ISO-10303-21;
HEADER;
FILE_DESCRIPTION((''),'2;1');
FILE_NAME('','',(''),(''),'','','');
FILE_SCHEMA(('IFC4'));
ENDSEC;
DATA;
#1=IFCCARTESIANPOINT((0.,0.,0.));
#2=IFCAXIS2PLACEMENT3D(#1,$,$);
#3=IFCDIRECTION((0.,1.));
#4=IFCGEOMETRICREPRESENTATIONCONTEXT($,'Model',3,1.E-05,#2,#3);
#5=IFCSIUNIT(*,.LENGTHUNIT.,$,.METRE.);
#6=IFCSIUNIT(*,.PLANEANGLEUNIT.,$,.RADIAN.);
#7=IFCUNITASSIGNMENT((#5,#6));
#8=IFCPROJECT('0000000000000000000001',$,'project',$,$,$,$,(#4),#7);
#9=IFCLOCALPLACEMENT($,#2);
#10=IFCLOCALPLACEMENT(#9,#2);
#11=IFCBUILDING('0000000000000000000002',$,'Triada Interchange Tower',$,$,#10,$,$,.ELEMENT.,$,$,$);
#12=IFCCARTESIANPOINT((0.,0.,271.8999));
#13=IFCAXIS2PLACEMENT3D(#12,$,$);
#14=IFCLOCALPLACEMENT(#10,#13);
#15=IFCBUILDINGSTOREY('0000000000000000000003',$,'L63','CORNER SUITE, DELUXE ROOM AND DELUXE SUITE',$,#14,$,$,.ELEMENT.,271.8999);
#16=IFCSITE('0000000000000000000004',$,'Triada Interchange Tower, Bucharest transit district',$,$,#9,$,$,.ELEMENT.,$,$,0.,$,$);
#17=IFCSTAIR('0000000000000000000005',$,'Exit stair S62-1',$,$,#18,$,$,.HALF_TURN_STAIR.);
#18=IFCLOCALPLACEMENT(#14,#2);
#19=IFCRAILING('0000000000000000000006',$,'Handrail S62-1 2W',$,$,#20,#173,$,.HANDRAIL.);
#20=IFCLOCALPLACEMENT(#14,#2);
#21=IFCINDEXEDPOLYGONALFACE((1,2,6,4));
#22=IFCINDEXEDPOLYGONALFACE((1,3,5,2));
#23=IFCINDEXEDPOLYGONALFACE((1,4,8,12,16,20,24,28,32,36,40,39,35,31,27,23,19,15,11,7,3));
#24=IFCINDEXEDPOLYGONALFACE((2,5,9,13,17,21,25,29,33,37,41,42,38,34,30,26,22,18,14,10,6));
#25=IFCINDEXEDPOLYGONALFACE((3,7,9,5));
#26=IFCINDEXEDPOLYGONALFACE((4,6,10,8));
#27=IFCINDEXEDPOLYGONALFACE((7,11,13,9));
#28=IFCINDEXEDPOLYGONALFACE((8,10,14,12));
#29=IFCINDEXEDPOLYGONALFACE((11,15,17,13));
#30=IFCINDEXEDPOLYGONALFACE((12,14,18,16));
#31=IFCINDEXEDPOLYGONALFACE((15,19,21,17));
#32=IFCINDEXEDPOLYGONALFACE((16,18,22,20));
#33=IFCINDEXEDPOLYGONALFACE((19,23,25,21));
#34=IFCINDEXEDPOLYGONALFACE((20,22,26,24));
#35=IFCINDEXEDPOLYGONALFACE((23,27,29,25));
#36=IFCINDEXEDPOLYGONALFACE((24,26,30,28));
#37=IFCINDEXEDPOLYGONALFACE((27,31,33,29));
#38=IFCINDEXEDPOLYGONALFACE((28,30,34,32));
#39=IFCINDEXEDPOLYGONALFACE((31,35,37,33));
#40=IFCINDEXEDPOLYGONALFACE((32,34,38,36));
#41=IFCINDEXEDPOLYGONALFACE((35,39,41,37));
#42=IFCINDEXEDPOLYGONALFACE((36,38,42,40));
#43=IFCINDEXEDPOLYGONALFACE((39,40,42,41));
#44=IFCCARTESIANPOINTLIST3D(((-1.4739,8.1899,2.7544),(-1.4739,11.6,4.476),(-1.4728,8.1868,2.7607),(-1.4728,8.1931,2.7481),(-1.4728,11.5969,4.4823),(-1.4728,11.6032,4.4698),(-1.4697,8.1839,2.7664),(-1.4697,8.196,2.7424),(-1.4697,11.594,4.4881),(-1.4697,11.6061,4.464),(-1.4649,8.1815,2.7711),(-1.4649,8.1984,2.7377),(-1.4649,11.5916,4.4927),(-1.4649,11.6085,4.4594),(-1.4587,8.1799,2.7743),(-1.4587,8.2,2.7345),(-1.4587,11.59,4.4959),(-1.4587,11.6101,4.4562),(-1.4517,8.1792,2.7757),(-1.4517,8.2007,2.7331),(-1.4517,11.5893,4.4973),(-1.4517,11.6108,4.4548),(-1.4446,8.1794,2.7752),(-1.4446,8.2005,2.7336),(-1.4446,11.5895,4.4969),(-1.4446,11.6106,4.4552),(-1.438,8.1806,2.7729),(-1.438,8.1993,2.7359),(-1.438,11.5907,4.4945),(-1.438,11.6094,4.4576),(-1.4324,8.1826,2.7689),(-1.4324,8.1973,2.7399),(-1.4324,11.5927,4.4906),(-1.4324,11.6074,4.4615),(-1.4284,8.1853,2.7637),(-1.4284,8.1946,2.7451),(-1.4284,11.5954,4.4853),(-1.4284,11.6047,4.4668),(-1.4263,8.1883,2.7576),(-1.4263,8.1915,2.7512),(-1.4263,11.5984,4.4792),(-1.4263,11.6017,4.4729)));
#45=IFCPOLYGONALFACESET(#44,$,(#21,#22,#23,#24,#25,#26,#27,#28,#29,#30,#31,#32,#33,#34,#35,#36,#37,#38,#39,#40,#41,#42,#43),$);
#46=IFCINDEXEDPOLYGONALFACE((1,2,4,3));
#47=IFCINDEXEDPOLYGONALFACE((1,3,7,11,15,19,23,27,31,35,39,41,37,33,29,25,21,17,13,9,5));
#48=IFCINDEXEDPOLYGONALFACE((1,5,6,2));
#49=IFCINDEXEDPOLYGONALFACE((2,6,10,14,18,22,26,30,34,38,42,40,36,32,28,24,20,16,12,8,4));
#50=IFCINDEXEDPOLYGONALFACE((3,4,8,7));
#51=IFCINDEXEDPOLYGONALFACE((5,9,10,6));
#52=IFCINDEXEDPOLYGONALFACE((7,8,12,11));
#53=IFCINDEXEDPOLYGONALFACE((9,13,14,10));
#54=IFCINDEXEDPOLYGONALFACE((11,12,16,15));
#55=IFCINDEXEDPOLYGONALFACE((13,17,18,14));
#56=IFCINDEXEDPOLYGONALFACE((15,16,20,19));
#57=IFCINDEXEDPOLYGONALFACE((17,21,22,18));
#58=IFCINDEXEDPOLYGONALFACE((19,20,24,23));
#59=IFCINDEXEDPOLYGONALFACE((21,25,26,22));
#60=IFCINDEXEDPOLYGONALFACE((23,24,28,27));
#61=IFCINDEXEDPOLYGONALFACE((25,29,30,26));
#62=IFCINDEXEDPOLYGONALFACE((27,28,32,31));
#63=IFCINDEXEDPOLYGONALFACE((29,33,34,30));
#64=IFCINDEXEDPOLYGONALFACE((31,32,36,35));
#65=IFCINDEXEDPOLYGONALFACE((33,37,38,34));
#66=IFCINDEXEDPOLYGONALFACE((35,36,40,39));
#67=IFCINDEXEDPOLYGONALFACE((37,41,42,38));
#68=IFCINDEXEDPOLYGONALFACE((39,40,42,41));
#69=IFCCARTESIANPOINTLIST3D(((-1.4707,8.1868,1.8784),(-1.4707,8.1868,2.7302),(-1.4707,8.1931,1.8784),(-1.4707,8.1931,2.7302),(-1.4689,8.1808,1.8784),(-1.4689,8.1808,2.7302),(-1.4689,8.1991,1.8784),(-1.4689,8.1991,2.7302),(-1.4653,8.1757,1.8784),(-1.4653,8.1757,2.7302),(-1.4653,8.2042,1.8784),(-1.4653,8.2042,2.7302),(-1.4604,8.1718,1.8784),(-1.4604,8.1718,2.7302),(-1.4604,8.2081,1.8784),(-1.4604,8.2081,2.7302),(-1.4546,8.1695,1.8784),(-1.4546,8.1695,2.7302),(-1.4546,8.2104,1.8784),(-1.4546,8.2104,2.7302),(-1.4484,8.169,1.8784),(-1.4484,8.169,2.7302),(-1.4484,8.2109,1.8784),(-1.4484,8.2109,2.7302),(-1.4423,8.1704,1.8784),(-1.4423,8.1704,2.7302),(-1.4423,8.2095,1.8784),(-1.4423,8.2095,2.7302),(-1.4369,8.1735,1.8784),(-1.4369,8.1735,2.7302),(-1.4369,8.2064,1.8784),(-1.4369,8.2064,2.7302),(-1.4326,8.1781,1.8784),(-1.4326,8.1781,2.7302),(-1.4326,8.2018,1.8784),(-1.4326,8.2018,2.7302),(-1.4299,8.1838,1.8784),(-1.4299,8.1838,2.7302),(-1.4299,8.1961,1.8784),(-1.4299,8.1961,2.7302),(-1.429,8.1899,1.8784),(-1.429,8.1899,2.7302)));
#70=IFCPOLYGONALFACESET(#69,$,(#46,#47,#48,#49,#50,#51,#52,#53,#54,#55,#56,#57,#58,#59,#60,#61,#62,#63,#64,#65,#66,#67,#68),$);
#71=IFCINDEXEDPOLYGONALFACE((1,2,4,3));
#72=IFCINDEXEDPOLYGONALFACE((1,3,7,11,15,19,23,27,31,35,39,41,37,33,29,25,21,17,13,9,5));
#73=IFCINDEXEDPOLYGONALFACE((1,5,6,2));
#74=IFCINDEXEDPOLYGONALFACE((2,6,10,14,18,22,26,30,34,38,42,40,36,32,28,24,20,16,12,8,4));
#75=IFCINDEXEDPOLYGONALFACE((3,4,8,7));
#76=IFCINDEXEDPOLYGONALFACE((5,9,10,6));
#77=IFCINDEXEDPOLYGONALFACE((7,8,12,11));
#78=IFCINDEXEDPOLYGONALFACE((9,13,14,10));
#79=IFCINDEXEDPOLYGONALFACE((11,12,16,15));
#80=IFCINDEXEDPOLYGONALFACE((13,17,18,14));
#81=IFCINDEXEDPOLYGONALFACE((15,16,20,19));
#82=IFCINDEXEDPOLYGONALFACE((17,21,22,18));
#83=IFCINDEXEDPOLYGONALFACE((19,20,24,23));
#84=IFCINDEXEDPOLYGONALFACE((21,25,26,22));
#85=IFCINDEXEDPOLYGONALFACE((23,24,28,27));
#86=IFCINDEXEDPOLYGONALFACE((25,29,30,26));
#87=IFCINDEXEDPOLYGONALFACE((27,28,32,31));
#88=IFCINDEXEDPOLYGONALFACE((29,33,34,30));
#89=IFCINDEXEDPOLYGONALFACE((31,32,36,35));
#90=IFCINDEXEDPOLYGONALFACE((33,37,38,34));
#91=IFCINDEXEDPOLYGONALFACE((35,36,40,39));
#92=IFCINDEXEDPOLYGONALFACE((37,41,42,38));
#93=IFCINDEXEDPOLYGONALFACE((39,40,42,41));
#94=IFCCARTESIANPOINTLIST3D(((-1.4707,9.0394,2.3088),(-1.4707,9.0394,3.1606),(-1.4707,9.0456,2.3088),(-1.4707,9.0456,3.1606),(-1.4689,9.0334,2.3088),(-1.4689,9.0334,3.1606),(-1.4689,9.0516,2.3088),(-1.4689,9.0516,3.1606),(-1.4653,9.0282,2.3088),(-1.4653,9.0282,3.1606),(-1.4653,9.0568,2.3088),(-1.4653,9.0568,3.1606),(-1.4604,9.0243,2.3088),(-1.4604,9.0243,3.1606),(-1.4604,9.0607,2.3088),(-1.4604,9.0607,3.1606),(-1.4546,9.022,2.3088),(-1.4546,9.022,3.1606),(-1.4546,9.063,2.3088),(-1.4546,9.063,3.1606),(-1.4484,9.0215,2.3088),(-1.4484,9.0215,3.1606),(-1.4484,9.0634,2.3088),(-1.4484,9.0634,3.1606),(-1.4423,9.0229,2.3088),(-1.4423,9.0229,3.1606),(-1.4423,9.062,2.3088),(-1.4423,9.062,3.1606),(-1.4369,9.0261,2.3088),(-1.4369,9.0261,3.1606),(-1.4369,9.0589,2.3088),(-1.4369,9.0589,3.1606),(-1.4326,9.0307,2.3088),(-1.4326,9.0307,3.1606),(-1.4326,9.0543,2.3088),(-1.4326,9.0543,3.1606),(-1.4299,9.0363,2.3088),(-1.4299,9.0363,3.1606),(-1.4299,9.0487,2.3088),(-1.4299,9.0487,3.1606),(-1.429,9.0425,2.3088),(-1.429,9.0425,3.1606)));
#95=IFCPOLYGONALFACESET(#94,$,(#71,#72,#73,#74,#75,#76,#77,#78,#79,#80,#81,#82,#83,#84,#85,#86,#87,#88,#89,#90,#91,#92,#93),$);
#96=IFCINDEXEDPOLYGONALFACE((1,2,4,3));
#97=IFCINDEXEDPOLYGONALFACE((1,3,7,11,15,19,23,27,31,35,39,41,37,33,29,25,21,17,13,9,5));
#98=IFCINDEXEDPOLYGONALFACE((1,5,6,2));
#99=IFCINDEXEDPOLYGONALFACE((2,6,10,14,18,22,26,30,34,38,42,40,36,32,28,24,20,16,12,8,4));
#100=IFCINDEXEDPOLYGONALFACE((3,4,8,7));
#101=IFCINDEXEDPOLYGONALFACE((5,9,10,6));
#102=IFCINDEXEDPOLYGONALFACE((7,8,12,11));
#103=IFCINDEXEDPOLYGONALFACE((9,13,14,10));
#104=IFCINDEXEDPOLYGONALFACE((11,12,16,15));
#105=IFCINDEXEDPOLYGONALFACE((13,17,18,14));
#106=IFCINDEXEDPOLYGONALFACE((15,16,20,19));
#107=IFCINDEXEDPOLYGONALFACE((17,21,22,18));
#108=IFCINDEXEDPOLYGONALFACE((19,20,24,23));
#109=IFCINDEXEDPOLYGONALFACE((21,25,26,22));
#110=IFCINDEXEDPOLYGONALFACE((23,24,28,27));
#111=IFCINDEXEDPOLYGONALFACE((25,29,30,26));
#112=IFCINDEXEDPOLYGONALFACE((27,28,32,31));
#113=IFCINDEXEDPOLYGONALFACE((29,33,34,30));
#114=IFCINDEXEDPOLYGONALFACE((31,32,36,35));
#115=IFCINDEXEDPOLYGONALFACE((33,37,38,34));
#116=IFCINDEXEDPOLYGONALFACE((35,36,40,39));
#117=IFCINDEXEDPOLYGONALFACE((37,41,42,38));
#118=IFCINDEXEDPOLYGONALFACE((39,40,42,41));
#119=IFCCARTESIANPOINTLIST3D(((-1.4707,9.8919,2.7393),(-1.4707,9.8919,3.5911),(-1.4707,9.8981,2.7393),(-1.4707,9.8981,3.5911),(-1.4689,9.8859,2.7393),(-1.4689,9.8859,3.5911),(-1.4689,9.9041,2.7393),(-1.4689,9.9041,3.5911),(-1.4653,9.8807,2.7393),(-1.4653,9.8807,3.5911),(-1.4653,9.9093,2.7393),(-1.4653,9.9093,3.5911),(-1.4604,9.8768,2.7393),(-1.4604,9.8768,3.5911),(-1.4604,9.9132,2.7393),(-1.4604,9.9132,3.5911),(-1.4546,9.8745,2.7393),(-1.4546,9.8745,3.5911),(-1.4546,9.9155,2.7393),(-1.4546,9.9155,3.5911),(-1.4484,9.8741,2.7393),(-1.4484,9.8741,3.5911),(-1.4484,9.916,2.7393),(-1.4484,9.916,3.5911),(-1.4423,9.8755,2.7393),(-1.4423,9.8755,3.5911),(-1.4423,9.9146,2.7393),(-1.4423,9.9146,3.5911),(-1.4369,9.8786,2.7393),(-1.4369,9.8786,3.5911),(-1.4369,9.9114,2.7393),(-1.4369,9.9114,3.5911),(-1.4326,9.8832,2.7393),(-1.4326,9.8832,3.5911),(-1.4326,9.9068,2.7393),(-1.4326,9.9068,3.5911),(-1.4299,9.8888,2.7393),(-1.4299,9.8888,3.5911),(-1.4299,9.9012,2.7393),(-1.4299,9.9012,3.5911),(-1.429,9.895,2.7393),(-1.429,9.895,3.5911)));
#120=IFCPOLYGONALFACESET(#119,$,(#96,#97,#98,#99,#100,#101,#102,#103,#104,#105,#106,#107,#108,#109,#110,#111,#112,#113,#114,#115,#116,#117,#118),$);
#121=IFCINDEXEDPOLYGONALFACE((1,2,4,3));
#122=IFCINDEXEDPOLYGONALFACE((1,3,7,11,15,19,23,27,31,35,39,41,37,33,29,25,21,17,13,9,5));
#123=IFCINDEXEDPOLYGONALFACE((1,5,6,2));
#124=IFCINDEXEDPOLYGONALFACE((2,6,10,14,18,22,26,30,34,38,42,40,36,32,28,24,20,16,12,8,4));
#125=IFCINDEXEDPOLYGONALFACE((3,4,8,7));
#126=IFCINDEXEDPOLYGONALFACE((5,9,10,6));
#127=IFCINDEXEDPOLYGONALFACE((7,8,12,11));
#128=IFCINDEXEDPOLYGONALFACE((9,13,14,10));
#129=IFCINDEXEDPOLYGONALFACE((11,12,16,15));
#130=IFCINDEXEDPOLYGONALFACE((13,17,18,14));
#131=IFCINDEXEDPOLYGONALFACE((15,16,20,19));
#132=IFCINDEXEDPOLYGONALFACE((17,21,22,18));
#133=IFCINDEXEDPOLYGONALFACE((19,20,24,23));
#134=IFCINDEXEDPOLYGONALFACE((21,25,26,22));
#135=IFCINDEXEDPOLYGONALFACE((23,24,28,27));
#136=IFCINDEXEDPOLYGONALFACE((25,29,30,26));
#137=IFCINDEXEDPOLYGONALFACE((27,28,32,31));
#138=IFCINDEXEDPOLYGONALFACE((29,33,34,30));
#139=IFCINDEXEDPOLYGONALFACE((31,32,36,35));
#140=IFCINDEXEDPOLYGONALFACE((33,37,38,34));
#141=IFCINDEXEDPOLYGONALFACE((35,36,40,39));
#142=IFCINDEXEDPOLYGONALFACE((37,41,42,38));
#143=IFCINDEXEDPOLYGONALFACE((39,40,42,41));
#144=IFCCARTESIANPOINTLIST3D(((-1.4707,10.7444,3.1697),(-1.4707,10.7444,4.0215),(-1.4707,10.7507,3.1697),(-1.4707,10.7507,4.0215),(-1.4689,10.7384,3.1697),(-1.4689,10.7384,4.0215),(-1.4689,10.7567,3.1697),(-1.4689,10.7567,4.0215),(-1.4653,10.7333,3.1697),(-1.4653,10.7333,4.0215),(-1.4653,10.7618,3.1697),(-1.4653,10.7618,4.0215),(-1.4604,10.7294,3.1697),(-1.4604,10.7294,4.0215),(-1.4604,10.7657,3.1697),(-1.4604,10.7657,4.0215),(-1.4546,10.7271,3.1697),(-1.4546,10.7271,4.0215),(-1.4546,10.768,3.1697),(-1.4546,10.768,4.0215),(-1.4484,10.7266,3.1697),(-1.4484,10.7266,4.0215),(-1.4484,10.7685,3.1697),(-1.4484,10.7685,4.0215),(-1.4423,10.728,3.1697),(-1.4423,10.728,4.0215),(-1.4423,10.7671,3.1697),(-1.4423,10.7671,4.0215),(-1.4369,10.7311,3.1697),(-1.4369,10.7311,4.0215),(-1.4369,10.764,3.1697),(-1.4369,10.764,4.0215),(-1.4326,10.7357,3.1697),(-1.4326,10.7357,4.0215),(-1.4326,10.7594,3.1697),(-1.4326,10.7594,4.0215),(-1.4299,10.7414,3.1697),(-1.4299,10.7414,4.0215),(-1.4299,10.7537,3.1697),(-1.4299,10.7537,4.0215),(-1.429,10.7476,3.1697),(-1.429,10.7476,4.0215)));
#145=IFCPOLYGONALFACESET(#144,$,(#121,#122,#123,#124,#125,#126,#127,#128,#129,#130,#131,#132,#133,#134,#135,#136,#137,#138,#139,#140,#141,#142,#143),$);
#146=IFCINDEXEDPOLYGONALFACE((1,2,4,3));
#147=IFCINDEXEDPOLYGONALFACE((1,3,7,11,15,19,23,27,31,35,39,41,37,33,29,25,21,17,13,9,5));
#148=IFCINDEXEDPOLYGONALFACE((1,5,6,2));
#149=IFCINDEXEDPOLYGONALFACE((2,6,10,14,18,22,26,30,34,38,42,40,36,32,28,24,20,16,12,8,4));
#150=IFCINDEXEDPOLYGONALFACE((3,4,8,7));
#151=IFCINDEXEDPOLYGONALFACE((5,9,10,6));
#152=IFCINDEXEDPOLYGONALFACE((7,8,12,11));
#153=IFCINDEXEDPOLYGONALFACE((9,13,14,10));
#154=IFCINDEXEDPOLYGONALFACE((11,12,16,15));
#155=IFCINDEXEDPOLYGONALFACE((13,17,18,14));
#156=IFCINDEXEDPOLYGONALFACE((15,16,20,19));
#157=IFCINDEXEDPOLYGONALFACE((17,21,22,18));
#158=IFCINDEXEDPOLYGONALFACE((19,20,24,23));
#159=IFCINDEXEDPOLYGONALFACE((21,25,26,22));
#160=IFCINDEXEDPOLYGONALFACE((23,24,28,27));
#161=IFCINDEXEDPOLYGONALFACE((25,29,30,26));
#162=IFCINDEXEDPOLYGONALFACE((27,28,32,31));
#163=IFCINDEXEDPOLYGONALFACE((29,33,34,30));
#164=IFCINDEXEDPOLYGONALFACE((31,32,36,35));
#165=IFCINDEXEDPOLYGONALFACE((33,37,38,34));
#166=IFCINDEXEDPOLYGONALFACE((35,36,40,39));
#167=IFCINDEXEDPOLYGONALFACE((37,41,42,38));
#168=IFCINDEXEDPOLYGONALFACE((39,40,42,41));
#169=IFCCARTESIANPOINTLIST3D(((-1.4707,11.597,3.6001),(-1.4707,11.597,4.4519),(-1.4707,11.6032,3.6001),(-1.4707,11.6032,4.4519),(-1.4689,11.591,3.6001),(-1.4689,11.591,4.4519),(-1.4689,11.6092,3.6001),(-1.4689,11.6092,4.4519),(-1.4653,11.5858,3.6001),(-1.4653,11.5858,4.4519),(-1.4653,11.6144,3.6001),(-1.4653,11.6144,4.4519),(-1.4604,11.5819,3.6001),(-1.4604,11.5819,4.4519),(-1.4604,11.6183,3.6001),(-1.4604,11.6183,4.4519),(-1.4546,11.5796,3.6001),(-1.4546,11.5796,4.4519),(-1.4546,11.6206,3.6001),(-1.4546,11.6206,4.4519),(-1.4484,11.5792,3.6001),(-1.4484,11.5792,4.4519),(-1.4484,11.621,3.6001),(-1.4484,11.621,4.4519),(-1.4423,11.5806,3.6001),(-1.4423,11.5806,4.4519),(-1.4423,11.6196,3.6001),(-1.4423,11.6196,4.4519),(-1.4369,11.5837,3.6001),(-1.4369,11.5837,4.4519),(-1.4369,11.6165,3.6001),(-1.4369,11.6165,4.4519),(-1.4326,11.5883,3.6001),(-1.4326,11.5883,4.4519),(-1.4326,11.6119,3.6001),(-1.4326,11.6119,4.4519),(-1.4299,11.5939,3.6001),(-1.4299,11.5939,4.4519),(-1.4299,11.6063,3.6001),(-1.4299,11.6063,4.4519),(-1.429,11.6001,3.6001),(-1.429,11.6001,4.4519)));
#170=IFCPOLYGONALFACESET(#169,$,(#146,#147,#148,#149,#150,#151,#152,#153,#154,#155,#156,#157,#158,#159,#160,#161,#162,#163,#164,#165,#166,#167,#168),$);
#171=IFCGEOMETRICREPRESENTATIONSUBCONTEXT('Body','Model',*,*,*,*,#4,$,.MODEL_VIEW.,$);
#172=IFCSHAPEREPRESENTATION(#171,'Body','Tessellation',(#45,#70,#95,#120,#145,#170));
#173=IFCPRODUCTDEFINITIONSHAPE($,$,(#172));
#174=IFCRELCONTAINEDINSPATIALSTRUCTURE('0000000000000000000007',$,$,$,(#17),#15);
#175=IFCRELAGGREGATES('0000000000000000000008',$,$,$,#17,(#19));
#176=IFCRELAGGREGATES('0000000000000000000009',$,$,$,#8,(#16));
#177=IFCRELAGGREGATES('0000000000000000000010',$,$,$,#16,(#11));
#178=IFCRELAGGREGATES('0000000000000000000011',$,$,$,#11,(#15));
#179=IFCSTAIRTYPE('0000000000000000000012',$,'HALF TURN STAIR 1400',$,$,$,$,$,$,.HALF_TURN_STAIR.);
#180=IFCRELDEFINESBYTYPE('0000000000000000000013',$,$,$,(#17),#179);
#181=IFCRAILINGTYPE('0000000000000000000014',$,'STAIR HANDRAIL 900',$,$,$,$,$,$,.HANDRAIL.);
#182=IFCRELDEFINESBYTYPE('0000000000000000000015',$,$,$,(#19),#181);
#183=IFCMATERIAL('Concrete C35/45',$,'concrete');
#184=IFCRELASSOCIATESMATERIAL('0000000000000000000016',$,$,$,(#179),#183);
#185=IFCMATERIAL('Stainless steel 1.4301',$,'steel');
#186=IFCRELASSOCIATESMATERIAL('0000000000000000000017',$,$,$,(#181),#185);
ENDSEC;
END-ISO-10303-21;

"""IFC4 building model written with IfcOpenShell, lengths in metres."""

from ifc_helpers import new_model, si_unit, direction, frame, origin, origin_2d, place, context, subcontext, project, spatial, circle, extrude, material, type_object, element, aggregate, save


model = new_model("IFC4")

# Units and contexts
model_context = context("Model", 3, precision=1e-05, world=origin(), true_north=direction((0.0, 1.0)))
body_context = subcontext(model_context, "Body", "Model", "MODEL_VIEW")
ifc_project = project(units=[si_unit("LENGTHUNIT", "METRE"), si_unit("PLANEANGLEUNIT", "RADIAN")], contexts=[model_context])

# Site, building, storey
site_placement = place(None, origin())
site = spatial("IfcSite", under=ifc_project, at=site_placement, Name="Triada Interchange Tower, Bucharest transit district", CompositionType="ELEMENT", RefElevation=0.0)
building_placement = place(site_placement, origin())
building = spatial("IfcBuilding", under=site, at=building_placement, Name="Triada Interchange Tower", CompositionType="ELEMENT")
storey_placement = place(building_placement, frame((0.0, 0.0, 271.8999)))
storey = spatial("IfcBuildingStorey", under=building, at=storey_placement, Name="L63", Description="CORNER SUITE, DELUXE ROOM AND DELUXE SUITE", CompositionType="ELEMENT", Elevation=271.8999)

# Stair
ifc_material_1 = material(Name="Concrete C35/45", Category="concrete")
stair_type = type_object("IfcStairType", Name="HALF TURN STAIR 1400", PredefinedType="HALF_TURN_STAIR", material=ifc_material_1)
stair_placement = place(storey_placement, origin())
stair = element("IfcStair", 1, at=stair_placement, inside=storey, type_object=stair_type, Name="Exit stair S62-1", PredefinedType="HALF_TURN_STAIR")

# Railing
ifc_material_2 = material(Name="Stainless steel 1.4301", Category="steel")
railing_type = type_object("IfcRailingType", Name="STAIR HANDRAIL 900", PredefinedType="HANDRAIL", material=ifc_material_2)
railing_1_placement = place(storey_placement, frame((-1.45, 8.1899, 1.8784)))
railing_1 = element("IfcRailing", 2, at=railing_1_placement, type_object=railing_type, Name="Handrail S62-1 2W", PredefinedType="HANDRAIL", context=body_context, shape_type="SweptSolid", body=[
    extrude(circle(Radius=0.0239, at=origin_2d()), frame((0.0, 0.0, 0.876), z_axis=(0.0, 0.892682, 0.450687), x_axis=(-1.0, 0.0, 0.0)), (0.0, 0.0, 1.0), 3.8201),
    extrude(circle(Radius=0.021, at=origin_2d()), origin(), (0.0, 0.0, 1.0), 0.8518),
    extrude(circle(Radius=0.021, at=origin_2d()), frame((0.0, 0.8525, 0.4304)), (0.0, 0.0, 1.0), 0.8518),
    extrude(circle(Radius=0.021, at=origin_2d()), frame((0.0, 1.7051, 0.8608)), (0.0, 0.0, 1.0), 0.8518),
    extrude(circle(Radius=0.021, at=origin_2d()), frame((0.0, 2.5576, 1.2913)), (0.0, 0.0, 1.0), 0.8518),
    extrude(circle(Radius=0.021, at=origin_2d()), frame((0.0, 3.4102, 1.7217)), (0.0, 0.0, 1.0), 0.8518),
])
aggregate(stair, [railing_1])

save(model, "model.ifc")
